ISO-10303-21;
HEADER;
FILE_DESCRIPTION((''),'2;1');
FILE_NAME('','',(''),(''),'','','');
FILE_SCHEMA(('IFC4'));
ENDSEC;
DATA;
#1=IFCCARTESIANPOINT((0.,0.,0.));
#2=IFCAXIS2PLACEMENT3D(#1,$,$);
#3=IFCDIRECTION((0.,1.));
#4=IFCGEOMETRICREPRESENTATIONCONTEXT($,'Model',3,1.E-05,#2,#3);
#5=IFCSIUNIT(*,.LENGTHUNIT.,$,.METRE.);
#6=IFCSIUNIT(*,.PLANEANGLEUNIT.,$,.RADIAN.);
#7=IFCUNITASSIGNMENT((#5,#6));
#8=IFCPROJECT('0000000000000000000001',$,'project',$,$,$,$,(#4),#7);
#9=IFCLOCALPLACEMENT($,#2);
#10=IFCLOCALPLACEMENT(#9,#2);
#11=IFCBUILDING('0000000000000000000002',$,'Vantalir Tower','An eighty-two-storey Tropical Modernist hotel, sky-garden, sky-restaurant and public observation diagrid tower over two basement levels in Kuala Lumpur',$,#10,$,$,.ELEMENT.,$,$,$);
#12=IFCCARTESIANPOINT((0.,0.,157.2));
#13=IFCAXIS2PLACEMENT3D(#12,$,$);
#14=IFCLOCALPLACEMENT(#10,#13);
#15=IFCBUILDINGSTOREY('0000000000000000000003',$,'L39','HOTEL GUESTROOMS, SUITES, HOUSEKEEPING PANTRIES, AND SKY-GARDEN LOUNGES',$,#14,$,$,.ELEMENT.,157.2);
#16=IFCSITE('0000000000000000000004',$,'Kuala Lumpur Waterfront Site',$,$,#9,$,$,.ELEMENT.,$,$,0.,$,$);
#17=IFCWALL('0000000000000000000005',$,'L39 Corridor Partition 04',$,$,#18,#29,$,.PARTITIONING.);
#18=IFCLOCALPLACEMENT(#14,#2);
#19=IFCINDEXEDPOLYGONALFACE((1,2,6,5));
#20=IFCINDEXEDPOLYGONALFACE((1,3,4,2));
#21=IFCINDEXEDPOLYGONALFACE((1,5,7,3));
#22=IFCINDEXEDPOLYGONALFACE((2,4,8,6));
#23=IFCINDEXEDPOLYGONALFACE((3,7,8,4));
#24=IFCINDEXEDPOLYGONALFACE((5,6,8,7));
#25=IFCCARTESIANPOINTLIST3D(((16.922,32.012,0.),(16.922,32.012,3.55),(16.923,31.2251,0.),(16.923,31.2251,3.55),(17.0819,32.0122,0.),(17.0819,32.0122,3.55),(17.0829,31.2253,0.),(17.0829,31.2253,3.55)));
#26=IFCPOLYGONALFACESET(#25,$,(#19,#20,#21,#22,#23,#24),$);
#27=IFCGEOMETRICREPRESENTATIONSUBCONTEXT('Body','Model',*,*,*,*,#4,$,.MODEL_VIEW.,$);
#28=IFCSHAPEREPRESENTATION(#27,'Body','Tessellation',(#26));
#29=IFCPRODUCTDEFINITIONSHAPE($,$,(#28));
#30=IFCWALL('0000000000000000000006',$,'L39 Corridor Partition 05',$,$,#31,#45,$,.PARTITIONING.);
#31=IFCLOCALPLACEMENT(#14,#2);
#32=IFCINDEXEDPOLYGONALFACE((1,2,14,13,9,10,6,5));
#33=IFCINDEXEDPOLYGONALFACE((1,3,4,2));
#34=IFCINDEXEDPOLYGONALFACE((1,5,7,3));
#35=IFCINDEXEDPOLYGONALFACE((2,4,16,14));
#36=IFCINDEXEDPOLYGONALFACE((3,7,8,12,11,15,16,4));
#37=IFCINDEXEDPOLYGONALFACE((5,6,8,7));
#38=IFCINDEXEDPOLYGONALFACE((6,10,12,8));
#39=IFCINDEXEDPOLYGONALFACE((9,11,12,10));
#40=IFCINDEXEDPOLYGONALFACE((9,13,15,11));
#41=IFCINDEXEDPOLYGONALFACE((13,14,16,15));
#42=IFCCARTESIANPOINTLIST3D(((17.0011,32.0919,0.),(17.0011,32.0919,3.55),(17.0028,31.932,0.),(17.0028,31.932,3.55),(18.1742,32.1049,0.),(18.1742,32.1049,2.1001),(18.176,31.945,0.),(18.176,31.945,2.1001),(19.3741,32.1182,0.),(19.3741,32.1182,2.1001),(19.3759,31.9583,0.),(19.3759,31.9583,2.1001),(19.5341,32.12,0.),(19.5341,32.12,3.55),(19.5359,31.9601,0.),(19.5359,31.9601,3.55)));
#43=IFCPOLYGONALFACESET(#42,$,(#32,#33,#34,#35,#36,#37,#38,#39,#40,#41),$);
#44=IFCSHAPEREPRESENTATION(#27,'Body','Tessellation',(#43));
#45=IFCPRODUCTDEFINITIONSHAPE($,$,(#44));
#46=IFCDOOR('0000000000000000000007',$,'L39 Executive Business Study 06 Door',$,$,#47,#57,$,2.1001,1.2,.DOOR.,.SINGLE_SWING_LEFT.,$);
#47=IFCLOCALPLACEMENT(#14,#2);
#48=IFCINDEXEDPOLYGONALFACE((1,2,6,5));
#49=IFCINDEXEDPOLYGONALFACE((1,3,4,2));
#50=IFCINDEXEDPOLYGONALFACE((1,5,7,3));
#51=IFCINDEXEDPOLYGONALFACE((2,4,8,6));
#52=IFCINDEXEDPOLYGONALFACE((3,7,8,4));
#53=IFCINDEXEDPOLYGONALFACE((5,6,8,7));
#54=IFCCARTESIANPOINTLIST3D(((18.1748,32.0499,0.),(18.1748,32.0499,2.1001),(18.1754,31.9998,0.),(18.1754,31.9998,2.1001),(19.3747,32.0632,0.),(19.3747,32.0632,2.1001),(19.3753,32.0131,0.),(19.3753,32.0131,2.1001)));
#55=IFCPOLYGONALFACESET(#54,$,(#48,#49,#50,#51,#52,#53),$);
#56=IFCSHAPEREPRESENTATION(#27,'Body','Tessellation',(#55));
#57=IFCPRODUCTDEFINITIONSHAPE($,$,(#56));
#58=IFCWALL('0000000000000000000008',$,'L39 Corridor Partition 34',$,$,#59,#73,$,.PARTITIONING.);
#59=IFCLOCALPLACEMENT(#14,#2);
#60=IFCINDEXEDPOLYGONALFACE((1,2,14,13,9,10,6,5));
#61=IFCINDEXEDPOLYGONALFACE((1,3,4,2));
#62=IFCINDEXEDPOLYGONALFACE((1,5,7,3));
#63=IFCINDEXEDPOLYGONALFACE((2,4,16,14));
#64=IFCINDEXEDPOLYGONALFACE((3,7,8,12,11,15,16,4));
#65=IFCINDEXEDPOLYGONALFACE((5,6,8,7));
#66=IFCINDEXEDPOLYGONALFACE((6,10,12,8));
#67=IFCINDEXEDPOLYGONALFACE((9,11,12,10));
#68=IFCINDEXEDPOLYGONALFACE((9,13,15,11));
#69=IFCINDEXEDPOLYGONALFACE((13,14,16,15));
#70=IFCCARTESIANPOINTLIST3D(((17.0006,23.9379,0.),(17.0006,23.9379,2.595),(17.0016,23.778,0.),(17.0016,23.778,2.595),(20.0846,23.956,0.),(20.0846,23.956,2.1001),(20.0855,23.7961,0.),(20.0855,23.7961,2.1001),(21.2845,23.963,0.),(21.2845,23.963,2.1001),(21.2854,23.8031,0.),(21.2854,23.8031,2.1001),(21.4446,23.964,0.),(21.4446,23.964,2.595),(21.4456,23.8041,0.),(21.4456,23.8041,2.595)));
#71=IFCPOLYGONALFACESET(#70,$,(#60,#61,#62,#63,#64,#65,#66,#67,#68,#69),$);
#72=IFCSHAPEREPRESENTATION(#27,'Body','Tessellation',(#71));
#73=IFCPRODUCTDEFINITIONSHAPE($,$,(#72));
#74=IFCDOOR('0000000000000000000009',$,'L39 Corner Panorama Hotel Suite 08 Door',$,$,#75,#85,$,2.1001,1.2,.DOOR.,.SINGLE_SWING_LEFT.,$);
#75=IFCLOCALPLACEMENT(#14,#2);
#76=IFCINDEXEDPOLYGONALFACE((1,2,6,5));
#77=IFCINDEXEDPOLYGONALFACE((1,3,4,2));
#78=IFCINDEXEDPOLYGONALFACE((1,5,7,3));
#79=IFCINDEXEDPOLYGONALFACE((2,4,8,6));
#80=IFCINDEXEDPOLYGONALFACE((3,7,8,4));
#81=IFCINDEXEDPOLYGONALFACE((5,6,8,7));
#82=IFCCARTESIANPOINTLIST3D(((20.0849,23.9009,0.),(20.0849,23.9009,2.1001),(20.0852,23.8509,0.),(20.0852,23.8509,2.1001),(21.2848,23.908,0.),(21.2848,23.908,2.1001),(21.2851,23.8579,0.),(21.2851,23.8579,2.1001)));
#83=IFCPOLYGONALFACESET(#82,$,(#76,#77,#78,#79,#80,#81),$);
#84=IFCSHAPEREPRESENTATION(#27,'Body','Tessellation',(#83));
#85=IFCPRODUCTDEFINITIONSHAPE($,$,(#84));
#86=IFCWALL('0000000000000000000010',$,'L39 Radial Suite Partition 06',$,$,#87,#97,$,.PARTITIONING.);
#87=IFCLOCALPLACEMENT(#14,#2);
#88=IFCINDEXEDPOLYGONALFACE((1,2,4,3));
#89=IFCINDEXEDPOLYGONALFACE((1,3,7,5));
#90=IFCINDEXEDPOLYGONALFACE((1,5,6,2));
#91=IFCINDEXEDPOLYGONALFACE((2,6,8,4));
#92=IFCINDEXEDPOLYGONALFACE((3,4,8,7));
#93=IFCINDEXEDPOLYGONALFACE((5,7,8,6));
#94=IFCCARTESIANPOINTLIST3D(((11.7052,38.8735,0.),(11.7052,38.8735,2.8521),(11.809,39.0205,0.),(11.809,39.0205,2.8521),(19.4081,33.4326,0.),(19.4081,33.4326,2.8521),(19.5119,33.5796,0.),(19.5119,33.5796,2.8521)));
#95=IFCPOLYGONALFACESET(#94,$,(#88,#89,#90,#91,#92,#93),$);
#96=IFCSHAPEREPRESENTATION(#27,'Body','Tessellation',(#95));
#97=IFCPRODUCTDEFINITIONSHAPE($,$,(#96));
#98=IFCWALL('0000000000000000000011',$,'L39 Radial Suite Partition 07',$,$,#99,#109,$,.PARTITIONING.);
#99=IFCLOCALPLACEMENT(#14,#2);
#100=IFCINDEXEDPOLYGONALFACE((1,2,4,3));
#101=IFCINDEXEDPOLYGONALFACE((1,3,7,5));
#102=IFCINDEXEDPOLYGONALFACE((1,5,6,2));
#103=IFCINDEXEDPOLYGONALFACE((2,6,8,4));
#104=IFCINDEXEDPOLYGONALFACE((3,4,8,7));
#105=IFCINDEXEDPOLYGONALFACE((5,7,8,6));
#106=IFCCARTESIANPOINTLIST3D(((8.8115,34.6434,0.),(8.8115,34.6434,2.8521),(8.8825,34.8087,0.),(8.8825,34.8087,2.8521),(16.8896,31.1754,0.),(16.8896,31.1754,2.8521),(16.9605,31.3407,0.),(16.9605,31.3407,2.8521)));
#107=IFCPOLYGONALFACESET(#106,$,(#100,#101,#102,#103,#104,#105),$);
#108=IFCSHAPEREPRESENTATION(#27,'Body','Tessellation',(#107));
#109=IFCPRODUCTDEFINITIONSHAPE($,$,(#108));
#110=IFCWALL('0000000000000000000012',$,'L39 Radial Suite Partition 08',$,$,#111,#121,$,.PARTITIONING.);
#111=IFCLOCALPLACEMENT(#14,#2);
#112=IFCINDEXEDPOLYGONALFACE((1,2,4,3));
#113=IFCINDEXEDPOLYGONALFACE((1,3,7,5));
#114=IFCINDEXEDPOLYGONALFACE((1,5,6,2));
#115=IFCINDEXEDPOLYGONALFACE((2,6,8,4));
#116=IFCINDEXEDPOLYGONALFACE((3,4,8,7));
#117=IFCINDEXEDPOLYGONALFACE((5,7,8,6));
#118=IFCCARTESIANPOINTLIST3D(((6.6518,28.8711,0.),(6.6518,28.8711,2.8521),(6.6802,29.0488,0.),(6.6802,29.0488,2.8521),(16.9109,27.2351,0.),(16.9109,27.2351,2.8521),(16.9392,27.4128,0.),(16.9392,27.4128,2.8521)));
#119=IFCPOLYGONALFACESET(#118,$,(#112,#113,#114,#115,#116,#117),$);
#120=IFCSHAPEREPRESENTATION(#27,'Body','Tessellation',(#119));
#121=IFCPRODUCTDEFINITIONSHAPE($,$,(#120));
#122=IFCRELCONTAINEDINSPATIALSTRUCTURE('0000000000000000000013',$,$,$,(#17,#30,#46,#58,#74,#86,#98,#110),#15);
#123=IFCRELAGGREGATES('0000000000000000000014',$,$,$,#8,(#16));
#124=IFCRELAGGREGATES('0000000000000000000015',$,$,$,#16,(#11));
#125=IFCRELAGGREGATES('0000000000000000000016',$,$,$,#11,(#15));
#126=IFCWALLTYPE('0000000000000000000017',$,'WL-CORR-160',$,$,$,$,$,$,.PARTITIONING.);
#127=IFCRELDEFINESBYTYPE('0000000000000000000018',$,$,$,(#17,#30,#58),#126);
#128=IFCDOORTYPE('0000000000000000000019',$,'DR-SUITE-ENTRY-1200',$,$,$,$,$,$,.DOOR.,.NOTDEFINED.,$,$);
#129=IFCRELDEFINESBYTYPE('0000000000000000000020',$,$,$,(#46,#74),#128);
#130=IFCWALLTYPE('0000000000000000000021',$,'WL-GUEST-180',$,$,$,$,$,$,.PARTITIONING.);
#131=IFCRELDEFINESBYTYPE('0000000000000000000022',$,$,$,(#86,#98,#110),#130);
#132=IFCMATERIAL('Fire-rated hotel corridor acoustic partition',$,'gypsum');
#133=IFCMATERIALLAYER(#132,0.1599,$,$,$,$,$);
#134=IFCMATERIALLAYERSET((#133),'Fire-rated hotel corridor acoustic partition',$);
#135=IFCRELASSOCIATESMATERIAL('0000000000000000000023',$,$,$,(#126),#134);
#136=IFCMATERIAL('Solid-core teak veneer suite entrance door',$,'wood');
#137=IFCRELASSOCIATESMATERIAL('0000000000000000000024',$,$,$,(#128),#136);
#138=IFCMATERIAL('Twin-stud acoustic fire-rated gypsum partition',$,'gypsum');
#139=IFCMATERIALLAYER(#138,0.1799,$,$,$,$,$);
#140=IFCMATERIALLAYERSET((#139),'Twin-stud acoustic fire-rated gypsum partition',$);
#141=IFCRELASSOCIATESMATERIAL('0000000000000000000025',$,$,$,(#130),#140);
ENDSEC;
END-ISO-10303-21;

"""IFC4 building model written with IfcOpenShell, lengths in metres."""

from ifc_helpers import new_model, si_unit, direction, frame, frame_2d, origin, place, context, subcontext, project, spatial, rectangle, extrude, material, layer, layer_set, type_object, element, fill, save


model = new_model("IFC4")

# Units and contexts
model_context = context("Model", 3, precision=1e-05, world=origin(), true_north=direction((0.0, 1.0)))
body_context = subcontext(model_context, "Body", "Model", "MODEL_VIEW")
ifc_project = project(units=[si_unit("LENGTHUNIT", "METRE"), si_unit("PLANEANGLEUNIT", "RADIAN")], contexts=[model_context])

# Site, building, storey
site_placement = place(None, origin())
site = spatial("IfcSite", under=ifc_project, at=site_placement, Name="Kuala Lumpur Waterfront Site", CompositionType="ELEMENT", RefElevation=0.0)
building_placement = place(site_placement, origin())
building = spatial("IfcBuilding", under=site, at=building_placement, Name="Vantalir Tower", Description="An eighty-two-storey Tropical Modernist hotel, sky-garden, sky-restaurant and public observation diagrid tower over two basement levels in Kuala Lumpur", CompositionType="ELEMENT")
storey_placement = place(building_placement, frame((0.0, 0.0, 157.2)))
storey = spatial("IfcBuildingStorey", under=building, at=storey_placement, Name="L39", Description="HOTEL GUESTROOMS, SUITES, HOUSEKEEPING PANTRIES, AND SKY-GARDEN LOUNGES", CompositionType="ELEMENT", Elevation=157.2)

# Shared definitions
ifc_material_1 = material(Name="Fire-rated hotel corridor acoustic partition", Category="gypsum")
ifc_layer_1 = layer(ifc_material_1, 0.1599)
ifc_layer_set_1 = layer_set([ifc_layer_1], Name="Fire-rated hotel corridor acoustic partition")
wall_type_1 = type_object("IfcWallType", Name="WL-CORR-160", PredefinedType="PARTITIONING", material=ifc_layer_set_1)

# Shared definitions
ifc_material_2 = material(Name="Solid-core teak veneer suite entrance door", Category="wood")
door_type = type_object("IfcDoorType", Name="DR-SUITE-ENTRY-1200", OperationType="NOTDEFINED", PredefinedType="DOOR", material=ifc_material_2)

# Wall
wall_1_placement = place(storey_placement, frame((17.0029, 31.2251, 0.0), z_axis=(0.0, 0.0, 1.0), x_axis=(-0.001241, 0.999999, 0.0)))
element("IfcWall", 1, at=wall_1_placement, inside=storey, type_object=wall_type_1, Name="L39 Corridor Partition 04", PredefinedType="PARTITIONING", context=body_context, shape_type="SweptSolid", body=[
    extrude(rectangle(XDim=0.7869, YDim=0.1599, at=frame_2d((0.3936, 0.0))), origin(), (0.0, 0.0, 1.0), 3.55),
])

# Walls, openings, doors
wall_2_placement = place(storey_placement, frame((17.002, 32.012, 0.0), z_axis=(0.0, 0.0, 1.0), x_axis=(0.999939, 0.011084, 0.0)))
wall_2 = element("IfcWall", 2, at=wall_2_placement, inside=storey, type_object=wall_type_1, Name="L39 Corridor Partition 05", PredefinedType="PARTITIONING", context=body_context, shape_type="SweptSolid", body=[
    extrude(rectangle(XDim=2.5332, YDim=0.1599, at=frame_2d((1.2666, 0.0))), origin(), (0.0, 0.0, 1.0), 3.55),
])
opening_1_placement = place(wall_2_placement, frame((1.1731, 0.0, 0.0)))
opening_1 = element("IfcOpeningElement", 3, at=opening_1_placement, cuts=wall_2, PredefinedType="OPENING", context=body_context, shape_type="SweptSolid", body=[
    extrude(rectangle(XDim=1.2, YDim=2.1001, at=frame_2d((0.6001, 1.05))), frame((0.0, 0.0898, 0.0), z_axis=(0.0, -1.0, 0.0), x_axis=(1.0, 0.0, 0.0)), (0.0, 0.0, 1.0), 0.1799),
])
door_1_placement = place(opening_1_placement, origin())
door_1 = element("IfcDoor", 4, at=door_1_placement, inside=storey, type_object=door_type, Name="L39 Executive Business Study 06 Door", OperationType="SINGLE_SWING_LEFT", OverallHeight=2.1001, OverallWidth=1.2, PredefinedType="DOOR", context=body_context, shape_type="SweptSolid", body=[
    extrude(rectangle(XDim=1.2, YDim=2.1001, at=frame_2d((0.6001, 1.05))), frame((0.0, 0.0249, 0.0), z_axis=(0.0, -1.0, 0.0), x_axis=(1.0, 0.0, 0.0)), (0.0, 0.0, 1.0), 0.05),
])
fill(opening_1, door_1)
wall_3_placement = place(storey_placement, frame((17.001, 23.8579, 0.0), z_axis=(0.0, 0.0, 1.0), x_axis=(0.999983, 0.005878, 0.0)))
wall_3 = element("IfcWall", 5, at=wall_3_placement, inside=storey, type_object=wall_type_1, Name="L39 Corridor Partition 34", PredefinedType="PARTITIONING", context=body_context, shape_type="SweptSolid", body=[
    extrude(rectangle(XDim=4.4441, YDim=0.1599, at=frame_2d((2.2222, 0.0))), origin(), (0.0, 0.0, 1.0), 2.595),
])
opening_2_placement = place(wall_3_placement, frame((3.084, 0.0, 0.0)))
opening_2 = element("IfcOpeningElement", 6, at=opening_2_placement, cuts=wall_3, PredefinedType="OPENING", context=body_context, shape_type="SweptSolid", body=[
    extrude(rectangle(XDim=1.2, YDim=2.1001, at=frame_2d((0.6001, 1.05))), frame((0.0, 0.0898, 0.0), z_axis=(0.0, -1.0, 0.0), x_axis=(1.0, 0.0, 0.0)), (0.0, 0.0, 1.0), 0.1799),
])
door_2_placement = place(opening_2_placement, origin())
door_2 = element("IfcDoor", 7, at=door_2_placement, inside=storey, type_object=door_type, Name="L39 Corner Panorama Hotel Suite 08 Door", OperationType="SINGLE_SWING_LEFT", OverallHeight=2.1001, OverallWidth=1.2, PredefinedType="DOOR", context=body_context, shape_type="SweptSolid", body=[
    extrude(rectangle(XDim=1.2, YDim=2.1001, at=frame_2d((0.6001, 1.05))), frame((0.0, 0.0249, 0.0), z_axis=(0.0, -1.0, 0.0), x_axis=(1.0, 0.0, 0.0)), (0.0, 0.0, 1.0), 0.05),
])
fill(opening_2, door_2)

# Walls
ifc_material_3 = material(Name="Twin-stud acoustic fire-rated gypsum partition", Category="gypsum")
ifc_layer_2 = layer(ifc_material_3, 0.1799)
ifc_layer_set_2 = layer_set([ifc_layer_2], Name="Twin-stud acoustic fire-rated gypsum partition")
wall_type_2 = type_object("IfcWallType", Name="WL-GUEST-180", PredefinedType="PARTITIONING", material=ifc_layer_set_2)
wall_4_placement = place(storey_placement, frame((19.46, 33.5061, 0.0), z_axis=(0.0, 0.0, 1.0), x_axis=(-0.816788, 0.576937, 0.0)))
element("IfcWall", 8, at=wall_4_placement, inside=storey, type_object=wall_type_2, Name="L39 Radial Suite Partition 06", PredefinedType="PARTITIONING", context=body_context, shape_type="SweptSolid", body=[
    extrude(rectangle(XDim=9.4307, YDim=0.1799, at=frame_2d((4.7153, 0.0))), origin(), (0.0, 0.0, 1.0), 2.8521),
])
wall_5_placement = place(storey_placement, frame((16.925, 31.2581, 0.0), z_axis=(0.0, 0.0, 1.0), x_axis=(-0.918899, 0.394492, 0.0)))
element("IfcWall", 9, at=wall_5_placement, inside=storey, type_object=wall_type_2, Name="L39 Radial Suite Partition 07", PredefinedType="PARTITIONING", context=body_context, shape_type="SweptSolid", body=[
    extrude(rectangle(XDim=8.791, YDim=0.1799, at=frame_2d((4.3955, 0.0))), origin(), (0.0, 0.0, 1.0), 2.8521),
])
wall_6_placement = place(storey_placement, frame((16.925, 27.324, 0.0), z_axis=(0.0, 0.0, 1.0), x_axis=(-0.987522, 0.157478, 0.0)))
element("IfcWall", 10, at=wall_6_placement, inside=storey, type_object=wall_type_2, Name="L39 Radial Suite Partition 08", PredefinedType="PARTITIONING", context=body_context, shape_type="SweptSolid", body=[
    extrude(rectangle(XDim=10.3887, YDim=0.1799, at=frame_2d((5.1943, 0.0))), origin(), (0.0, 0.0, 1.0), 2.8521),
])

save(model, "model.ifc")
